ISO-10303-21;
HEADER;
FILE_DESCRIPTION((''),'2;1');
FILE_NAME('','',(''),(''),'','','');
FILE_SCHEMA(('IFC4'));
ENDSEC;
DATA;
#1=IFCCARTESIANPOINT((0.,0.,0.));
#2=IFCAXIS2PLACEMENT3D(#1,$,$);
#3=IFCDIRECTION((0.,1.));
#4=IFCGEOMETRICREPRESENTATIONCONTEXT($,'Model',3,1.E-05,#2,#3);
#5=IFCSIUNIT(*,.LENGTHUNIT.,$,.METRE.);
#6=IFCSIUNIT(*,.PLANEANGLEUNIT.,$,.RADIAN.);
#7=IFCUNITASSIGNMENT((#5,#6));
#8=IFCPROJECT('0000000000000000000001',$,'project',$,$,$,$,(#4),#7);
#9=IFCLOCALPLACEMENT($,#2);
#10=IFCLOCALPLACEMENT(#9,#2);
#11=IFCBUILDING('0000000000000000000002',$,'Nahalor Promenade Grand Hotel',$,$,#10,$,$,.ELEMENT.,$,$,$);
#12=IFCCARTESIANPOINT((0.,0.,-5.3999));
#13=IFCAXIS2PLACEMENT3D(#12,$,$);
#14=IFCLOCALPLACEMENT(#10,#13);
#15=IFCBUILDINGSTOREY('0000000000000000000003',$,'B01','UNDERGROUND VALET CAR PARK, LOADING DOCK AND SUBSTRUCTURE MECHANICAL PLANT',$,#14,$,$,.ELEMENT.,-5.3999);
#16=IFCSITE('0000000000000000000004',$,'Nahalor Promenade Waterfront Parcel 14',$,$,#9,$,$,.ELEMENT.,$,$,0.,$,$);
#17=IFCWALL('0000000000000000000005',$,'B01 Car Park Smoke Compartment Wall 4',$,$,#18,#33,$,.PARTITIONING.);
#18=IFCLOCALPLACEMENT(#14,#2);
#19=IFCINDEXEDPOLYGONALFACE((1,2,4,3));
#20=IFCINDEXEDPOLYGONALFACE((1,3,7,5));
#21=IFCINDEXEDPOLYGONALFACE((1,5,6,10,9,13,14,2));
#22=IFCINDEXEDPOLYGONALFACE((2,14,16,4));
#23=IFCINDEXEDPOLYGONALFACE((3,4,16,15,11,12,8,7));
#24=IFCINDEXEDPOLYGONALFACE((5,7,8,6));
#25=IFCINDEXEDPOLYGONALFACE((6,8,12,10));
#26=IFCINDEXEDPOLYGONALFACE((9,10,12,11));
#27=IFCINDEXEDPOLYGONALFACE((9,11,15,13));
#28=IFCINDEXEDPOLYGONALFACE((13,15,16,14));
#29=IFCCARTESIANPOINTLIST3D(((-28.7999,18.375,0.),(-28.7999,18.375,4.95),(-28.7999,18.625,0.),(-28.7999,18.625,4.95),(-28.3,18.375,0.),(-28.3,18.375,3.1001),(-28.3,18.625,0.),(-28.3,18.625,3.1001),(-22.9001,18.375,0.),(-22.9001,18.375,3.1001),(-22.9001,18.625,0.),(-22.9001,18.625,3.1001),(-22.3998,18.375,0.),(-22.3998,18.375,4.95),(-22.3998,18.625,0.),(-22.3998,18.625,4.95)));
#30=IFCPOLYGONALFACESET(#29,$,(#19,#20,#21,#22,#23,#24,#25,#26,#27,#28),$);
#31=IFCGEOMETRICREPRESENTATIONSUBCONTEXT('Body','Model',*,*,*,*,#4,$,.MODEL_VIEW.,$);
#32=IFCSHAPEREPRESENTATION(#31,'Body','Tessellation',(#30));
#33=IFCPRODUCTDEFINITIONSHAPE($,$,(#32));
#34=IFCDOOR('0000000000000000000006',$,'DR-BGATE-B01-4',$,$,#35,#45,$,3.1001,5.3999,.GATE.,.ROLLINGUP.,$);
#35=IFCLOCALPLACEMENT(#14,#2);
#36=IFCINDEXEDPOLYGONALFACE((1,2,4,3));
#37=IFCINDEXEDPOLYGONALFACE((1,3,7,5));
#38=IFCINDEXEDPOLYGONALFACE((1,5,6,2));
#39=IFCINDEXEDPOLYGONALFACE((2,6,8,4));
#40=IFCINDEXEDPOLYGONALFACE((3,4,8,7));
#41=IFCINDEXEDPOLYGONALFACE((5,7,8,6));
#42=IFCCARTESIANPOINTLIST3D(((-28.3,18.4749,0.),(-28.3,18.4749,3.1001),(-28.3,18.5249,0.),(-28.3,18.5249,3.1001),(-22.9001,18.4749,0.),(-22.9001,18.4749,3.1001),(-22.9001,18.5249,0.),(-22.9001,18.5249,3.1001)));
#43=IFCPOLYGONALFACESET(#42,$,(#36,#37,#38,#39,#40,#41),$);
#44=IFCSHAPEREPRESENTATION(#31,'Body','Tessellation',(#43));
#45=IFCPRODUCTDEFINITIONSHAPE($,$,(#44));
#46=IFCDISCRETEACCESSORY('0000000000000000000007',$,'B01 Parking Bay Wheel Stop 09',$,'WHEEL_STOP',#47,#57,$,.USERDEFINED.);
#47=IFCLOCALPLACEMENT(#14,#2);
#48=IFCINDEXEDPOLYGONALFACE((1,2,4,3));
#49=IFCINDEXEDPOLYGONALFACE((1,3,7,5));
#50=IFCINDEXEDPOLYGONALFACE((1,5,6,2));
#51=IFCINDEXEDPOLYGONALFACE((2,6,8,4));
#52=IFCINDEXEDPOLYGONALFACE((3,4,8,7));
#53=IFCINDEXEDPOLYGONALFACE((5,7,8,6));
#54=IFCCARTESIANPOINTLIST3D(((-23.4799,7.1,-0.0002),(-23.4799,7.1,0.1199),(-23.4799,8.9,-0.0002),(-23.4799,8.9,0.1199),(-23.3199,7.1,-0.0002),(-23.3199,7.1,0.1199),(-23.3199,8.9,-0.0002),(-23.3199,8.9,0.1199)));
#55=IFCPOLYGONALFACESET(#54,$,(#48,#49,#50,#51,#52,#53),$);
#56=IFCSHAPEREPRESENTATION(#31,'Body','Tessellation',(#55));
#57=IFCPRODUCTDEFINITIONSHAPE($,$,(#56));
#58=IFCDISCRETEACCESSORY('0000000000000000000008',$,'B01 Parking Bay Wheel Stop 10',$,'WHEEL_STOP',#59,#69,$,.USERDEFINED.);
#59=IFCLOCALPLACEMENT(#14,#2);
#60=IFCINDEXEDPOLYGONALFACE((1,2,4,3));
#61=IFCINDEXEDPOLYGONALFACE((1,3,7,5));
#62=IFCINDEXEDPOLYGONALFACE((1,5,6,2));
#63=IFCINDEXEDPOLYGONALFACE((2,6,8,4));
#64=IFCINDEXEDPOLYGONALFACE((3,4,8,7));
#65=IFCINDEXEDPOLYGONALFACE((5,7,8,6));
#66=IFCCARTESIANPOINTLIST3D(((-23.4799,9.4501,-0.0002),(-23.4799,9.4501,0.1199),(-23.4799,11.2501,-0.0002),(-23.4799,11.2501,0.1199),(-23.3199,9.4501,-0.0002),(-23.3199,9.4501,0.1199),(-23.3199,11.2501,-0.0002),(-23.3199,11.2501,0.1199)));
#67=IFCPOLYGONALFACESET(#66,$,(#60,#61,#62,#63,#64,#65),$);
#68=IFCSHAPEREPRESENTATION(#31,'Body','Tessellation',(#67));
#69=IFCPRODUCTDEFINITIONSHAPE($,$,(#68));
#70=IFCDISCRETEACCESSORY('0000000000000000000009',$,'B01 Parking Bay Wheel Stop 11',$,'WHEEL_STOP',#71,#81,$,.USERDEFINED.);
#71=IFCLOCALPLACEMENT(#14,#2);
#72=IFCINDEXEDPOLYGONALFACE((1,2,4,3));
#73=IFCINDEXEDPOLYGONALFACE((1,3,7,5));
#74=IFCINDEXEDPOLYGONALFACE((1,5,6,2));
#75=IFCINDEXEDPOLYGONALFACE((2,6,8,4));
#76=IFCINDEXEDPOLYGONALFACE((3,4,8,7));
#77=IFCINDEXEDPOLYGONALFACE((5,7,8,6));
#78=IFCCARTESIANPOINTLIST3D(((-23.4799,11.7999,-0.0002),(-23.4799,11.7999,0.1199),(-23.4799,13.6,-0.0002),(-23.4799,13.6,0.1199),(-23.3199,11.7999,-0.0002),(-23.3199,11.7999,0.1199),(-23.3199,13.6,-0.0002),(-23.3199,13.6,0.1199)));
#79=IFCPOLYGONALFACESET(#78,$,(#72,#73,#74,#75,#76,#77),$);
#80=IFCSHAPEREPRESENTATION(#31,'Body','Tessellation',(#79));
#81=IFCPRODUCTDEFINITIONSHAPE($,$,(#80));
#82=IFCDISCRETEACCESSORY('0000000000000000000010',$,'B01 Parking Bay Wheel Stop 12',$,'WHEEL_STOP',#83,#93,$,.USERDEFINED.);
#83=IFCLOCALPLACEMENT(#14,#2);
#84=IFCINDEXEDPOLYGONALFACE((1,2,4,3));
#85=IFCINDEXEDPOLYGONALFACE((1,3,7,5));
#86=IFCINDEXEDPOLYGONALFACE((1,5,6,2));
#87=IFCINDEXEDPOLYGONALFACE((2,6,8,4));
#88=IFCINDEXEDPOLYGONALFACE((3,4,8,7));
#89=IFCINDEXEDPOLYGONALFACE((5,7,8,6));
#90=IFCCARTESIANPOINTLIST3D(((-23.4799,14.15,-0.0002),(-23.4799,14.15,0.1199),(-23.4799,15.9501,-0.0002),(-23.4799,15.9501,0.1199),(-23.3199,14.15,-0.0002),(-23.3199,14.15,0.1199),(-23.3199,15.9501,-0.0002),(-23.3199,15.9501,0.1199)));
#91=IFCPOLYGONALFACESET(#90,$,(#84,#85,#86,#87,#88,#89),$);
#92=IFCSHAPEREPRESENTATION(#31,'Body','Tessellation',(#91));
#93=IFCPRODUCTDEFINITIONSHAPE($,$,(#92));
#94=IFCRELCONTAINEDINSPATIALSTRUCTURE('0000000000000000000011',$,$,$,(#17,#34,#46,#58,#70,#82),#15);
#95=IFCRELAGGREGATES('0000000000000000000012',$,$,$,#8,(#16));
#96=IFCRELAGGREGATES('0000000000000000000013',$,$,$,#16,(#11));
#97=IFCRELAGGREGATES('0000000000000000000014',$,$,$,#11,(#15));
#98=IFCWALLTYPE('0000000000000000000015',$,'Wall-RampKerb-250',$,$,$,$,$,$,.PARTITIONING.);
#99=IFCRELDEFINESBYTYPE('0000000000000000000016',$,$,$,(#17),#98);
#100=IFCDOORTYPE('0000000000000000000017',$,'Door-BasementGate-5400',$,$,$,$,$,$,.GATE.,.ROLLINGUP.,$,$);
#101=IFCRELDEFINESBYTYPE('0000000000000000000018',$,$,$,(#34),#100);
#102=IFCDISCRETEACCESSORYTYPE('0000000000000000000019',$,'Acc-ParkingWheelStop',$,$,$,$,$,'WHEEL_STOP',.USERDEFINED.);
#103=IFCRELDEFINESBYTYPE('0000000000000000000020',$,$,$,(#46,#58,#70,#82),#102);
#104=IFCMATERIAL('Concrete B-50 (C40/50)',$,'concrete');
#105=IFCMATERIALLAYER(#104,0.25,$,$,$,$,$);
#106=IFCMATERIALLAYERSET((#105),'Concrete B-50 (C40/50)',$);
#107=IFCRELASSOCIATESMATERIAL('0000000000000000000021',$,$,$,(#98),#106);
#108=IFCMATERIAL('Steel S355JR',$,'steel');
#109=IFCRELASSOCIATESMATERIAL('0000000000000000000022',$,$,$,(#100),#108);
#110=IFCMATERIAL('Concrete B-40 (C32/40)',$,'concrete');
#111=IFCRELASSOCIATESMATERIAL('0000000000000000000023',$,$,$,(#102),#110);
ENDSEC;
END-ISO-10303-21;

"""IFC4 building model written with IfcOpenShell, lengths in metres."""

from ifc_helpers import new_model, si_unit, direction, frame, frame_2d, origin, origin_2d, place, context, subcontext, project, spatial, rectangle, extrude, source, transform, mapped, material, layer, layer_set, type_object, element, fill, save


model = new_model("IFC4")

# Units and contexts
model_context = context("Model", 3, precision=1e-05, world=origin(), true_north=direction((0.0, 1.0)))
body_context = subcontext(model_context, "Body", "Model", "MODEL_VIEW")
ifc_project = project(units=[si_unit("LENGTHUNIT", "METRE"), si_unit("PLANEANGLEUNIT", "RADIAN")], contexts=[model_context])

# Site, building, storey
site_placement = place(None, origin())
site = spatial("IfcSite", under=ifc_project, at=site_placement, Name="Nahalor Promenade Waterfront Parcel 14", CompositionType="ELEMENT", RefElevation=0.0)
building_placement = place(site_placement, origin())
building = spatial("IfcBuilding", under=site, at=building_placement, Name="Nahalor Promenade Grand Hotel", CompositionType="ELEMENT")
storey_placement = place(building_placement, frame((0.0, 0.0, -5.3999)))
storey = spatial("IfcBuildingStorey", under=building, at=storey_placement, Name="B01", Description="UNDERGROUND VALET CAR PARK, LOADING DOCK AND SUBSTRUCTURE MECHANICAL PLANT", CompositionType="ELEMENT", Elevation=-5.3999)

# Shared definitions
ifc_material_1 = material(Name="Concrete B-50 (C40/50)", Category="concrete")

# Shared definitions
ifc_material_2 = material(Name="Steel S355JR", Category="steel")

# Wall, opening, door
ifc_layer_1 = layer(ifc_material_1, 0.25)
ifc_layer_set_1 = layer_set([ifc_layer_1], Name="Concrete B-50 (C40/50)")
wall_type_1 = type_object("IfcWallType", Name="Wall-RampKerb-250", PredefinedType="PARTITIONING", material=ifc_layer_set_1)
shared_shape_1 = source(origin(), body_context, "Body", "SweptSolid", [
    extrude(rectangle(XDim=6.4001, YDim=0.25, at=frame_2d((3.2002, 0.0))), origin(), (0.0, 0.0, 1.0), 4.95),
])
wall_1_placement = place(storey_placement, frame((-28.8, 18.5, 0.0), z_axis=(0.0, 0.0, 1.0), x_axis=(1.0, 0.0, 0.0)))
wall_1 = element("IfcWall", 1, at=wall_1_placement, inside=storey, type_object=wall_type_1, Name="B01 Car Park Smoke Compartment Wall 4", PredefinedType="PARTITIONING", context=body_context, shape_type="MappedRepresentation", body=[
    mapped(shared_shape_1, transform((0.0, 0.0, 0.0), scale=1.0)),
])
opening_placement = place(wall_1_placement, frame((0.5, 0.0, 0.0)))
opening = element("IfcOpeningElement", 2, at=opening_placement, cuts=wall_1, PredefinedType="OPENING", context=body_context, shape_type="SweptSolid", body=[
    extrude(rectangle(XDim=5.3999, YDim=3.1001, at=frame_2d((2.7, 1.55))), frame((0.0, 0.135, 0.0), z_axis=(0.0, -1.0, 0.0), x_axis=(1.0, 0.0, 0.0)), (0.0, 0.0, 1.0), 0.27),
])
door_type = type_object("IfcDoorType", Name="Door-BasementGate-5400", OperationType="ROLLINGUP", PredefinedType="GATE", material=ifc_material_2)
shared_shape_2 = source(origin(), body_context, "Body", "SweptSolid", [
    extrude(rectangle(XDim=5.3999, YDim=3.1001, at=frame_2d((2.7, 1.55))), frame((0.0, 0.0249, 0.0), z_axis=(0.0, -1.0, 0.0), x_axis=(1.0, 0.0, 0.0)), (0.0, 0.0, 1.0), 0.05),
])
door_placement = place(opening_placement, origin())
door = element("IfcDoor", 3, at=door_placement, inside=storey, type_object=door_type, Name="DR-BGATE-B01-4", OperationType="ROLLINGUP", OverallHeight=3.1001, OverallWidth=5.3999, PredefinedType="GATE", context=body_context, shape_type="MappedRepresentation", body=[
    mapped(shared_shape_2, transform((0.0, 0.0, 0.0), scale=1.0)),
])
fill(opening, door)

# Discrete accessories
ifc_material_3 = material(Name="Concrete B-40 (C32/40)", Category="concrete")
discrete_accessory_type = type_object("IfcDiscreteAccessoryType", Name="Acc-ParkingWheelStop", ElementType="WHEEL_STOP", PredefinedType="USERDEFINED", material=ifc_material_3)
shared_shape_3 = source(origin(), body_context, "Body", "SweptSolid", [
    extrude(rectangle(XDim=1.8, YDim=0.1599, at=origin_2d()), origin(), (0.0, 0.0, 1.0), 0.1201),
])
for number, where, z_axis, x_axis, name in (
    (4, (-23.3999, 8.0, -0.0002), (0.0, 0.0, 1.0), (0.0, 1.0, 0.0), "B01 Parking Bay Wheel Stop 09"),
    (5, (-23.3999, 10.3501, -0.0002), (0.0, 0.0, 1.0), (0.0, 1.0, 0.0), "B01 Parking Bay Wheel Stop 10"),
    (6, (-23.3999, 12.7, -0.0002), (0.0, 0.0, 1.0), (0.0, 1.0, 0.0), "B01 Parking Bay Wheel Stop 11"),
    (7, (-23.3999, 15.05, -0.0002), (0.0, 0.0, 1.0), (0.0, 1.0, 0.0), "B01 Parking Bay Wheel Stop 12"),
):
    element("IfcDiscreteAccessory", number, at=place(storey_placement, frame(where, z_axis=z_axis, x_axis=x_axis)), inside=storey, type_object=discrete_accessory_type, Name=name, ObjectType="WHEEL_STOP", PredefinedType="USERDEFINED", context=body_context, shape_type="MappedRepresentation", body=[
        mapped(shared_shape_3, transform((0.0, 0.0, 0.0), scale=1.0)),
    ])

save(model, "model.ifc")
